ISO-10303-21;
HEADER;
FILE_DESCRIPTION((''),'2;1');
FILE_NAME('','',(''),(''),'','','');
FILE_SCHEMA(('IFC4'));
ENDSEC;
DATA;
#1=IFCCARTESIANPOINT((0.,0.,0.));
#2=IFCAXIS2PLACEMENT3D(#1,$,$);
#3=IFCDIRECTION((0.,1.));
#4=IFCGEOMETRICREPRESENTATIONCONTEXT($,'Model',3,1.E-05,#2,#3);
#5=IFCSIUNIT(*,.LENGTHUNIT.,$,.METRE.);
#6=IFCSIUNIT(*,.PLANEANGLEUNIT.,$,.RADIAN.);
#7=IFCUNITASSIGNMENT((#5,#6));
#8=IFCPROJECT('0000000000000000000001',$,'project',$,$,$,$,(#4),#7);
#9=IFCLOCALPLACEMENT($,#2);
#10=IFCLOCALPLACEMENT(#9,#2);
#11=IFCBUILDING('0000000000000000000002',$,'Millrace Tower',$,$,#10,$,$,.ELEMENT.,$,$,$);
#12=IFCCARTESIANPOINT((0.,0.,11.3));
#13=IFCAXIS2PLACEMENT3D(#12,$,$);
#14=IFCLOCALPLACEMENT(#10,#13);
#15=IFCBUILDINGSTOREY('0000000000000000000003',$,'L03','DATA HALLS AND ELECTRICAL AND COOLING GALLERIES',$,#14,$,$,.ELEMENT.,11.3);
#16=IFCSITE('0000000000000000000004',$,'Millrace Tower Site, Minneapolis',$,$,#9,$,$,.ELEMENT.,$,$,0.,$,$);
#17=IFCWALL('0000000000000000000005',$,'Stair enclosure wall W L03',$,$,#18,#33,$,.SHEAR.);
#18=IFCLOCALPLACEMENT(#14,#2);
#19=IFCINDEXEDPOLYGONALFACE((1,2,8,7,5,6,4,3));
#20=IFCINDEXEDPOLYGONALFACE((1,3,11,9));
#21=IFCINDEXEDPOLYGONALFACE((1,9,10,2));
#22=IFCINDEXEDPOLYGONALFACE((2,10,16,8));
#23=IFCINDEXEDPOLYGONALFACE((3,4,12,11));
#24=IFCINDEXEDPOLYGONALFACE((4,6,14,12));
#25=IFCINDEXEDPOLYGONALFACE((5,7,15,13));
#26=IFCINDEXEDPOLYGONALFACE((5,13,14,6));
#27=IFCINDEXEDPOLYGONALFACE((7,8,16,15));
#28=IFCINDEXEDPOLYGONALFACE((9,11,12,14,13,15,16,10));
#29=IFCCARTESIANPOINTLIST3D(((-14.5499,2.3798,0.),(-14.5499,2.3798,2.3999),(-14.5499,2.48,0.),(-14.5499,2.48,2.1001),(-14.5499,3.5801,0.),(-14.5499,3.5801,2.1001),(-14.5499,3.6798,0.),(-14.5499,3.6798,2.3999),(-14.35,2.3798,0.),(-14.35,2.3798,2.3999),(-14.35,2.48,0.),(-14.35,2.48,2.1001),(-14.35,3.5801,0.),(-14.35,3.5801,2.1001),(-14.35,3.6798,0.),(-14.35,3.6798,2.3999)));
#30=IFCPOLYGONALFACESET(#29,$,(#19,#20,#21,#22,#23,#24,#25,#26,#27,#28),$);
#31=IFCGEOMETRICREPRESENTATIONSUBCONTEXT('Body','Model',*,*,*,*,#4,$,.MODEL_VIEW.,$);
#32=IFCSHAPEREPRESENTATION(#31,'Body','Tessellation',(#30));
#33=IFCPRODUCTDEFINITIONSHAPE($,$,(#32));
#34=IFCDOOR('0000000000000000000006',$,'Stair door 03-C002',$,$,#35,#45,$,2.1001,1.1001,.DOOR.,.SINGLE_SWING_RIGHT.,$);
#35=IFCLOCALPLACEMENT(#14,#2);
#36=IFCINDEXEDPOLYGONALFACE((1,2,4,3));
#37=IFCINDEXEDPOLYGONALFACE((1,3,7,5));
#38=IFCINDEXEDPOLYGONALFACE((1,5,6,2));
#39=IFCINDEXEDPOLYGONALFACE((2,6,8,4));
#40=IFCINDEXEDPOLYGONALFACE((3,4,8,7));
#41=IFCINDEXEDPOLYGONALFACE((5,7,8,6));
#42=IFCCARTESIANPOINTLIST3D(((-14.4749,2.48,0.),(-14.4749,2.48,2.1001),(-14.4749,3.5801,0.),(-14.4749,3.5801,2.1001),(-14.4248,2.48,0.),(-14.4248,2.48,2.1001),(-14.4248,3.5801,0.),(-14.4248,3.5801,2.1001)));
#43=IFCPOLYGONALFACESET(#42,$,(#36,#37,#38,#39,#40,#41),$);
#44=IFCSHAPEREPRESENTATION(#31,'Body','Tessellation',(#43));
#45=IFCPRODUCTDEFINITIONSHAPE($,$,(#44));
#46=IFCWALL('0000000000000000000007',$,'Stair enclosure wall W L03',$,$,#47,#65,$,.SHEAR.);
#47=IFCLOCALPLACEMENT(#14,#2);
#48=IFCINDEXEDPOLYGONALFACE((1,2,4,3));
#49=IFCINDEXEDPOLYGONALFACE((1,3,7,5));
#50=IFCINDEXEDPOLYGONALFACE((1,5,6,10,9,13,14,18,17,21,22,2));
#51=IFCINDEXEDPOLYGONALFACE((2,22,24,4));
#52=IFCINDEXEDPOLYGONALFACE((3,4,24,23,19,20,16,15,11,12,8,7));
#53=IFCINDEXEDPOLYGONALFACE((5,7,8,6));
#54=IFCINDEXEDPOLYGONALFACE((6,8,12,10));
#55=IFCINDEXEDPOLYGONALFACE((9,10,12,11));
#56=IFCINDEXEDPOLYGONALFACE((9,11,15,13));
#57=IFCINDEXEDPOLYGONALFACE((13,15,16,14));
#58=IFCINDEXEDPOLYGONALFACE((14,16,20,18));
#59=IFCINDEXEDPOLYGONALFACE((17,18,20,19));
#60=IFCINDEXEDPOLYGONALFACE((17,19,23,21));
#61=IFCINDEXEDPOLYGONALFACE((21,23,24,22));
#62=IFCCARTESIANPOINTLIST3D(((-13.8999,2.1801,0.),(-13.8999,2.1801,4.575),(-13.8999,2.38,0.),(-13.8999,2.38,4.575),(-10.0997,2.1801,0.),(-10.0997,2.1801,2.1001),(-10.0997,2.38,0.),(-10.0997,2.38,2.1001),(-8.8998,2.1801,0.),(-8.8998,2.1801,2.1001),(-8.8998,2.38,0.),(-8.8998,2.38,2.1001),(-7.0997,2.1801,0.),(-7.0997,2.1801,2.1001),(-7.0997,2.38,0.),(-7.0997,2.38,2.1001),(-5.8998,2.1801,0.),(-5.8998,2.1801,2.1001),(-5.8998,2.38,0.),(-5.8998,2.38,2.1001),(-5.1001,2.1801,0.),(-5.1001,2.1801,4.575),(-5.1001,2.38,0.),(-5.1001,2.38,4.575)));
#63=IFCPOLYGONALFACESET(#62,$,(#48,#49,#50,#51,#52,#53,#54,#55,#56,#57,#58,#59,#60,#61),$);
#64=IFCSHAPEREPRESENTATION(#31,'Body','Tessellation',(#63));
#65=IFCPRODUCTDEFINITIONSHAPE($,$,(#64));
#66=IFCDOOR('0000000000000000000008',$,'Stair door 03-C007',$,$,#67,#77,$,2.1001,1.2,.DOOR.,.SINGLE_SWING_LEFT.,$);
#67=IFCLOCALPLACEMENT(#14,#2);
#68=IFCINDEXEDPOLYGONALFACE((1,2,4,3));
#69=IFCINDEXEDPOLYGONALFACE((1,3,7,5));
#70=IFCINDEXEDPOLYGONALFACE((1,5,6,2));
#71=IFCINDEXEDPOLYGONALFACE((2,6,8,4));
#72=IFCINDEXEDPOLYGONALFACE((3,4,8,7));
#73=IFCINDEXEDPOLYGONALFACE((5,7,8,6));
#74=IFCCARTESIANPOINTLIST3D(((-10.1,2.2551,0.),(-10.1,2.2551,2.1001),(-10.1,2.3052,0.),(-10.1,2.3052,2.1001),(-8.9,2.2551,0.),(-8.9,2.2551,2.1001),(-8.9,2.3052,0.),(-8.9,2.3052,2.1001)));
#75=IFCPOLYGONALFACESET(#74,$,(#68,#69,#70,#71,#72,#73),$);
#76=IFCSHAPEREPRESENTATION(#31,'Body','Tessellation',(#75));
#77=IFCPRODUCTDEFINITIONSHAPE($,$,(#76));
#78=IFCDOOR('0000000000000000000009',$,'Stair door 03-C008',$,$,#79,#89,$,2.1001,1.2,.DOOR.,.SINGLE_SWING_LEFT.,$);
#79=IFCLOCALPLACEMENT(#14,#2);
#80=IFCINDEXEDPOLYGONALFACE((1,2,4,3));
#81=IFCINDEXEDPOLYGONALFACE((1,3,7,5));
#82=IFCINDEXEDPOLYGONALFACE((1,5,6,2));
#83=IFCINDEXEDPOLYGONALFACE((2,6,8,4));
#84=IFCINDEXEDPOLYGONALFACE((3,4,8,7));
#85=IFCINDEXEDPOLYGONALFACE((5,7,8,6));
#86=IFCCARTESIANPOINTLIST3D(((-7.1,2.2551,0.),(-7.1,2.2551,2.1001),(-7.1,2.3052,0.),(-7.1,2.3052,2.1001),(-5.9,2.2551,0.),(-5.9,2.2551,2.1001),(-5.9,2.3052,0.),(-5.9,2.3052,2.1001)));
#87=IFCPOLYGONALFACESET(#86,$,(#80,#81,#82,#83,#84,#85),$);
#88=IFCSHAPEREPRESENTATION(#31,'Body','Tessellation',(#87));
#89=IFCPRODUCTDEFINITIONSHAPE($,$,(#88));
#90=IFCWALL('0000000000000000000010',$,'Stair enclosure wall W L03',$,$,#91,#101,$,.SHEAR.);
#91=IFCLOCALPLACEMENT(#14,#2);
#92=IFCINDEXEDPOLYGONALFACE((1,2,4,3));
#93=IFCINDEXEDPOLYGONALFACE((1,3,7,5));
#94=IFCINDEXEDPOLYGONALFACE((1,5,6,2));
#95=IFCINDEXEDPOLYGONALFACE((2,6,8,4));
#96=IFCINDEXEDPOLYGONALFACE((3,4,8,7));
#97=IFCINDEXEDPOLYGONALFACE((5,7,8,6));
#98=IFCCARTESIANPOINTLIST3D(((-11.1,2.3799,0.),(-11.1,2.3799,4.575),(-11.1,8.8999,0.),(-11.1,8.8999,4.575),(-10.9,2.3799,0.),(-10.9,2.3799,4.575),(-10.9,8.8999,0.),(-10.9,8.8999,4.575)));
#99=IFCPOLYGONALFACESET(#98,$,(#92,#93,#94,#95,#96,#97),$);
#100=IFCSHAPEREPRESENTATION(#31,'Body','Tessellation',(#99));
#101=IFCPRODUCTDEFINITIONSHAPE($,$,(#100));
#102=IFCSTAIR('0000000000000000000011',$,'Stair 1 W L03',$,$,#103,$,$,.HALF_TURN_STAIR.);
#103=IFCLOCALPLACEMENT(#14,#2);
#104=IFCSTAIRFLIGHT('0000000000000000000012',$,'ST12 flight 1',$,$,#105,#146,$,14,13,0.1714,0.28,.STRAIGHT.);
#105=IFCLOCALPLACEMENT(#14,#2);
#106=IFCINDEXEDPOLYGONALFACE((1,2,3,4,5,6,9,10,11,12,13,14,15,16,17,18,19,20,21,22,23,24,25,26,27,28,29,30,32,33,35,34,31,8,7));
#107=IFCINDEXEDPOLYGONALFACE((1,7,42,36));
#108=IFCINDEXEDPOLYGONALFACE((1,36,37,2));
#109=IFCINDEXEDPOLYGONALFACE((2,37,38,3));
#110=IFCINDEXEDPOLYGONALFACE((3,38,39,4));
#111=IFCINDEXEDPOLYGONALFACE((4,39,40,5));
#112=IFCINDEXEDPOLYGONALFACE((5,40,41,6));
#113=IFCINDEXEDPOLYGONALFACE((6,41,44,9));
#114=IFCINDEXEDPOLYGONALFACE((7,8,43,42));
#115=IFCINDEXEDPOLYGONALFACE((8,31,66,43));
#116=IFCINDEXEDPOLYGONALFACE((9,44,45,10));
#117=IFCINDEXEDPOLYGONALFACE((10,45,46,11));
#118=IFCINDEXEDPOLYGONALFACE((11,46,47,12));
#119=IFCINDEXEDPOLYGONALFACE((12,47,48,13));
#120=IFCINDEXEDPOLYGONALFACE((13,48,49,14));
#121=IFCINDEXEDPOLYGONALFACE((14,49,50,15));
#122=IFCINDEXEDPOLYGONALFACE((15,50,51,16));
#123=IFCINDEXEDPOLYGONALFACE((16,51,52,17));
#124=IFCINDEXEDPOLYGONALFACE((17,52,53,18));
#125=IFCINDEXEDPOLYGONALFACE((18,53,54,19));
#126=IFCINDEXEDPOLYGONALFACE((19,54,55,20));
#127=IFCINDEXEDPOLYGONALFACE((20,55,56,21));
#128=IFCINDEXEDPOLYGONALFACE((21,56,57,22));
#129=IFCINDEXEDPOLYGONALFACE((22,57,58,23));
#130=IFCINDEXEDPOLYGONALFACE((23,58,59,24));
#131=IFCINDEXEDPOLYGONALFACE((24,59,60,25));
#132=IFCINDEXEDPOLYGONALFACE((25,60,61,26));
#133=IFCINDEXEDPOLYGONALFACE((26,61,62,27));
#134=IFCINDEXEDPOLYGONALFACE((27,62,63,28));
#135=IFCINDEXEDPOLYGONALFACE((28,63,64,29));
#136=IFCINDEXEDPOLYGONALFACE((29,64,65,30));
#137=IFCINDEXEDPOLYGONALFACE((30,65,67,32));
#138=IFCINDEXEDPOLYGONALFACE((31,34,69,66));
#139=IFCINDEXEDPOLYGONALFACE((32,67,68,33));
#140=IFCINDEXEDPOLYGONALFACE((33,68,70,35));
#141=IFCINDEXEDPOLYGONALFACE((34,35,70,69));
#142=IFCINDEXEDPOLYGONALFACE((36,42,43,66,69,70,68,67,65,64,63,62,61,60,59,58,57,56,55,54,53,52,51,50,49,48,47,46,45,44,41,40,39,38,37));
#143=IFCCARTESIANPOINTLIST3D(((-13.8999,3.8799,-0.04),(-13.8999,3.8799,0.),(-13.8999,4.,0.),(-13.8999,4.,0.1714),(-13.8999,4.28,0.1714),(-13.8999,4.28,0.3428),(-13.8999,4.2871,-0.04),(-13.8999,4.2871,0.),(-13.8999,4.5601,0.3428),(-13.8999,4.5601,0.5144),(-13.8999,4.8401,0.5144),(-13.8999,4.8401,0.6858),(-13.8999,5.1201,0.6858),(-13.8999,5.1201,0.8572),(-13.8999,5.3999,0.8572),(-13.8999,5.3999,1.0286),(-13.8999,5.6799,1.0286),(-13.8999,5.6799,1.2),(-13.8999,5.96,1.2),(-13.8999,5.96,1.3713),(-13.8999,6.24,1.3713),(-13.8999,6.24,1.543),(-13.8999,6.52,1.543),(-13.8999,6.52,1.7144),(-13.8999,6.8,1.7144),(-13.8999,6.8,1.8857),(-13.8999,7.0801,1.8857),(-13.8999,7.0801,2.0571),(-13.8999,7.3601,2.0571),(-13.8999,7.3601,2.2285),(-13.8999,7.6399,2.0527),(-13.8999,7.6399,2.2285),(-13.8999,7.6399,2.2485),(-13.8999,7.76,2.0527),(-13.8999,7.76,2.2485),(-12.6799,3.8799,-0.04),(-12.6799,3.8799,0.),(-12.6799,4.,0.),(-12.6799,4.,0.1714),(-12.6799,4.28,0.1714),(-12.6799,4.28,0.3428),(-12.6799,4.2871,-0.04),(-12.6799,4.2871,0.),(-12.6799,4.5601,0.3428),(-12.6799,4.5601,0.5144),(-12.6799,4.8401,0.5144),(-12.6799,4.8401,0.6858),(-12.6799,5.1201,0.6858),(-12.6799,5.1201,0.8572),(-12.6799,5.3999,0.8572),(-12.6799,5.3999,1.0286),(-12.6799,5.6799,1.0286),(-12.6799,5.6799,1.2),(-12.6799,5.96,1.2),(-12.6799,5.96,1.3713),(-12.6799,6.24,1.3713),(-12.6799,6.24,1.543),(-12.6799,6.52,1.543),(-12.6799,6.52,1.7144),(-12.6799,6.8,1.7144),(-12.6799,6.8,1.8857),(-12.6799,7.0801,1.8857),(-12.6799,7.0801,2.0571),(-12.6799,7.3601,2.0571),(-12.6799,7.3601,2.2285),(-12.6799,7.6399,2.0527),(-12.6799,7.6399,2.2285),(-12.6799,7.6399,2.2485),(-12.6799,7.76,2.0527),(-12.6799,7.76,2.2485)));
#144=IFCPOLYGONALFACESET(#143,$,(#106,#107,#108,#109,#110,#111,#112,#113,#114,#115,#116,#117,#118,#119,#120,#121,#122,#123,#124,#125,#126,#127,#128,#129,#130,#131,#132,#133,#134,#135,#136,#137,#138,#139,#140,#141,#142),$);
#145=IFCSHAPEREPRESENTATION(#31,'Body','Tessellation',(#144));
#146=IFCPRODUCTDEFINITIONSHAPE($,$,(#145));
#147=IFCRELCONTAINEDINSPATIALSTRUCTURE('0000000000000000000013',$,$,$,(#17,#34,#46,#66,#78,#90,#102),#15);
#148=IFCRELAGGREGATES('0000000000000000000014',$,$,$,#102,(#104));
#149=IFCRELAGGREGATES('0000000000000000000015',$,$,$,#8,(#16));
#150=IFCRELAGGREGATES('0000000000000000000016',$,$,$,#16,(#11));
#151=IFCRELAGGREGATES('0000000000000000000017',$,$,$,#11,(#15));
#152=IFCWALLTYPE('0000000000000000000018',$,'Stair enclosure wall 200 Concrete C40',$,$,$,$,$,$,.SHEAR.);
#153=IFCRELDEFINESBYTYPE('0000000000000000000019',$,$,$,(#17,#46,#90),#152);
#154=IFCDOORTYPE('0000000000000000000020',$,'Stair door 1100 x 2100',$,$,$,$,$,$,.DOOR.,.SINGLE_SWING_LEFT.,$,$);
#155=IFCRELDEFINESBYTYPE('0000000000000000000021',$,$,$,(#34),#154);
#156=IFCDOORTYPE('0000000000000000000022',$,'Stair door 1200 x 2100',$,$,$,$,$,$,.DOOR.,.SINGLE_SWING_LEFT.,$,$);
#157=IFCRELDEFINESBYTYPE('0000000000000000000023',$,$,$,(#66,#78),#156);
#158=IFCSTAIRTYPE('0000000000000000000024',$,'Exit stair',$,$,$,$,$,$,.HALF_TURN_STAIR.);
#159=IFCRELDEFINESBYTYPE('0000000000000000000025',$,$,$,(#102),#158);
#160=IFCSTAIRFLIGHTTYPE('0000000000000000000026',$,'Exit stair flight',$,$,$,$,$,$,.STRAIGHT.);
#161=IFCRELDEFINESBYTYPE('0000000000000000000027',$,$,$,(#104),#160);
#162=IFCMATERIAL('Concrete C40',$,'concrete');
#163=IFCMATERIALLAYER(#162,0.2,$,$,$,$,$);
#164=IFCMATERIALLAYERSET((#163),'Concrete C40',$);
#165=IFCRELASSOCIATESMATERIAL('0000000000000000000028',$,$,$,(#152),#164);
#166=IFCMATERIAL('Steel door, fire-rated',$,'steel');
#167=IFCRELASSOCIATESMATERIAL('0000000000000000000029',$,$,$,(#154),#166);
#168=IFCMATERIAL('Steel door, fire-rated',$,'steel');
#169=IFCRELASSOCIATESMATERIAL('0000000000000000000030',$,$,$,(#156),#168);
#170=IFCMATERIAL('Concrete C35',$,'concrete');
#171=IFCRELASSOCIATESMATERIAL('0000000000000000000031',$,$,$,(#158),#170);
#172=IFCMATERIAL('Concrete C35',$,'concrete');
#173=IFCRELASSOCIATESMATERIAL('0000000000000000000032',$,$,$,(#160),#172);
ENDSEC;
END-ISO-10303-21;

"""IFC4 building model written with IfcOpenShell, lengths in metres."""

from ifc_helpers import new_model, si_unit, direction, frame, frame_2d, origin, place, context, subcontext, project, spatial, polyline, rectangle, outline, extrude, material, layer, layer_set, type_object, element, fill, aggregate, save


model = new_model("IFC4")

# Units and contexts
model_context = context("Model", 3, precision=1e-05, world=origin(), true_north=direction((0.0, 1.0)))
body_context = subcontext(model_context, "Body", "Model", "MODEL_VIEW")
ifc_project = project(units=[si_unit("LENGTHUNIT", "METRE"), si_unit("PLANEANGLEUNIT", "RADIAN")], contexts=[model_context])

# Site, building, storey
site_placement = place(None, origin())
site = spatial("IfcSite", under=ifc_project, at=site_placement, Name="Millrace Tower Site, Minneapolis", CompositionType="ELEMENT", RefElevation=0.0)
building_placement = place(site_placement, origin())
building = spatial("IfcBuilding", under=site, at=building_placement, Name="Millrace Tower", CompositionType="ELEMENT")
storey_placement = place(building_placement, frame((0.0, 0.0, 11.3)))
storey = spatial("IfcBuildingStorey", under=building, at=storey_placement, Name="L03", Description="DATA HALLS AND ELECTRICAL AND COOLING GALLERIES", CompositionType="ELEMENT", Elevation=11.3)

# Wall, opening, door
ifc_material_1 = material(Name="Concrete C40", Category="concrete")
ifc_layer_1 = layer(ifc_material_1, 0.2)
ifc_layer_set_1 = layer_set([ifc_layer_1], Name="Concrete C40")
wall_type_1 = type_object("IfcWallType", Name="Stair enclosure wall 200 Concrete C40", PredefinedType="SHEAR", material=ifc_layer_set_1)
wall_1_placement = place(storey_placement, frame((-14.45, 2.3799, 0.0), z_axis=(0.0, 0.0, 1.0), x_axis=(0.0, 1.0, 0.0)))
wall_1 = element("IfcWall", 1, at=wall_1_placement, inside=storey, type_object=wall_type_1, Name="Stair enclosure wall W L03", PredefinedType="SHEAR", context=body_context, shape_type="SweptSolid", body=[
    extrude(rectangle(XDim=1.3, YDim=0.2, at=frame_2d((0.6499, 0.0))), origin(), (0.0, 0.0, 1.0), 2.3999),
])
opening_1_placement = place(wall_1_placement, frame((0.1001, 0.0, 0.0)))
opening_1 = element("IfcOpeningElement", 2, at=opening_1_placement, cuts=wall_1, PredefinedType="OPENING", context=body_context, shape_type="SweptSolid", body=[
    extrude(rectangle(XDim=1.1001, YDim=2.1001, at=frame_2d((0.55, 1.05))), frame((0.0, 0.1099, 0.0), z_axis=(0.0, -1.0, 0.0), x_axis=(1.0, 0.0, 0.0)), (0.0, 0.0, 1.0), 0.22),
])
ifc_material_2 = material(Name="Steel door, fire-rated", Category="steel")
door_type_1 = type_object("IfcDoorType", Name="Stair door 1100 x 2100", OperationType="SINGLE_SWING_LEFT", PredefinedType="DOOR", material=ifc_material_2)
door_1_placement = place(opening_1_placement, origin())
door_1 = element("IfcDoor", 3, at=door_1_placement, inside=storey, type_object=door_type_1, Name="Stair door 03-C002", OperationType="SINGLE_SWING_RIGHT", OverallHeight=2.1001, OverallWidth=1.1001, PredefinedType="DOOR", context=body_context, shape_type="SweptSolid", body=[
    extrude(rectangle(XDim=1.1001, YDim=2.1001, at=frame_2d((0.55, 1.05))), frame((0.0, 0.0249, 0.0), z_axis=(0.0, -1.0, 0.0), x_axis=(1.0, 0.0, 0.0)), (0.0, 0.0, 1.0), 0.05),
])
fill(opening_1, door_1)

# Wall, openings, doors
wall_2_placement = place(storey_placement, frame((-13.8999, 2.28, 0.0), z_axis=(0.0, 0.0, 1.0), x_axis=(1.0, 0.0, 0.0)))
wall_2 = element("IfcWall", 4, at=wall_2_placement, inside=storey, type_object=wall_type_1, Name="Stair enclosure wall W L03", PredefinedType="SHEAR", context=body_context, shape_type="SweptSolid", body=[
    extrude(rectangle(XDim=8.7998, YDim=0.2, at=frame_2d((4.3999, 0.0))), origin(), (0.0, 0.0, 1.0), 4.575),
])
opening_2_placement = place(wall_2_placement, frame((3.8, 0.0, 0.0)))
opening_2 = element("IfcOpeningElement", 5, at=opening_2_placement, cuts=wall_2, PredefinedType="OPENING", context=body_context, shape_type="SweptSolid", body=[
    extrude(rectangle(XDim=1.2, YDim=2.1001, at=frame_2d((0.6001, 1.05))), frame((0.0, 0.1099, 0.0), z_axis=(0.0, -1.0, 0.0), x_axis=(1.0, 0.0, 0.0)), (0.0, 0.0, 1.0), 0.22),
])
opening_3_placement = place(wall_2_placement, frame((6.8, 0.0, 0.0)))
opening_3 = element("IfcOpeningElement", 6, at=opening_3_placement, cuts=wall_2, PredefinedType="OPENING", context=body_context, shape_type="SweptSolid", body=[
    extrude(rectangle(XDim=1.2, YDim=2.1001, at=frame_2d((0.6001, 1.05))), frame((0.0, 0.1099, 0.0), z_axis=(0.0, -1.0, 0.0), x_axis=(1.0, 0.0, 0.0)), (0.0, 0.0, 1.0), 0.22),
])
ifc_material_3 = material(Name="Steel door, fire-rated", Category="steel")
door_type_2 = type_object("IfcDoorType", Name="Stair door 1200 x 2100", OperationType="SINGLE_SWING_LEFT", PredefinedType="DOOR", material=ifc_material_3)
door_2_placement = place(opening_2_placement, frame((1.2, 0.0, 0.0), z_axis=(0.0, 0.0, 1.0), x_axis=(-1.0, 0.0, 0.0)))
door_2 = element("IfcDoor", 7, at=door_2_placement, inside=storey, type_object=door_type_2, Name="Stair door 03-C007", OperationType="SINGLE_SWING_LEFT", OverallHeight=2.1001, OverallWidth=1.2, PredefinedType="DOOR", context=body_context, shape_type="SweptSolid", body=[
    extrude(rectangle(XDim=1.2, YDim=2.1001, at=frame_2d((0.6001, 1.05))), frame((0.0, 0.0249, 0.0), z_axis=(0.0, -1.0, 0.0), x_axis=(1.0, 0.0, 0.0)), (0.0, 0.0, 1.0), 0.05),
])
fill(opening_2, door_2)
door_3_placement = place(opening_3_placement, frame((1.2, 0.0, 0.0), z_axis=(0.0, 0.0, 1.0), x_axis=(-1.0, 0.0, 0.0)))
door_3 = element("IfcDoor", 8, at=door_3_placement, inside=storey, type_object=door_type_2, Name="Stair door 03-C008", OperationType="SINGLE_SWING_LEFT", OverallHeight=2.1001, OverallWidth=1.2, PredefinedType="DOOR", context=body_context, shape_type="SweptSolid", body=[
    extrude(rectangle(XDim=1.2, YDim=2.1001, at=frame_2d((0.6001, 1.05))), frame((0.0, 0.0249, 0.0), z_axis=(0.0, -1.0, 0.0), x_axis=(1.0, 0.0, 0.0)), (0.0, 0.0, 1.0), 0.05),
])
fill(opening_3, door_3)

# Wall
wall_3_placement = place(storey_placement, frame((-11.0, 2.3799, 0.0), z_axis=(0.0, 0.0, 1.0), x_axis=(0.0, 1.0, 0.0)))
element("IfcWall", 9, at=wall_3_placement, inside=storey, type_object=wall_type_1, Name="Stair enclosure wall W L03", PredefinedType="SHEAR", context=body_context, shape_type="SweptSolid", body=[
    extrude(rectangle(XDim=6.52, YDim=0.2, at=frame_2d((3.26, 0.0))), origin(), (0.0, 0.0, 1.0), 4.575),
])

# Stair, stair flight
ifc_material_4 = material(Name="Concrete C35", Category="concrete")
stair_type = type_object("IfcStairType", Name="Exit stair", PredefinedType="HALF_TURN_STAIR", material=ifc_material_4)
placement = place(storey_placement, origin())
stair_1 = element("IfcStair", 10, at=placement, inside=storey, type_object=stair_type, Name="Stair 1 W L03", PredefinedType="HALF_TURN_STAIR")
ifc_material_5 = material(Name="Concrete C35", Category="concrete")
stair_flight_type = type_object("IfcStairFlightType", Name="Exit stair flight", PredefinedType="STRAIGHT", material=ifc_material_5)
stair_flight_1_placement = place(storey_placement, frame((-13.29, 4.0, 0.0), z_axis=(0.0, 0.0, 1.0), x_axis=(0.0, 1.0, 0.0)))
stair_flight_1 = element("IfcStairFlight", 11, at=stair_flight_1_placement, type_object=stair_flight_type, Name="ST12 flight 1", NumberOfRisers=14, NumberOfTreads=13, PredefinedType="STRAIGHT", RiserHeight=0.1714, TreadLength=0.28, context=body_context, shape_type="SweptSolid", body=[
    extrude(outline(polyline([(-0.1201, -0.04), (-0.1201, 0.0), (0.0, 0.0), (0.0, 0.1714), (0.28, 0.1714), (0.28, 0.3428), (0.5601, 0.3428), (0.5601, 0.5144), (0.8401, 0.5144), (0.8401, 0.6858), (1.1201, 0.6858), (1.1201, 0.8572), (1.3999, 0.8572), (1.3999, 1.0286), (1.6799, 1.0286), (1.6799, 1.2), (1.96, 1.2), (1.96, 1.3713), (2.24, 1.3713), (2.24, 1.543), (2.52, 1.543), (2.52, 1.7144), (2.8, 1.7144), (2.8, 1.8857), (3.0801, 1.8857), (3.0801, 2.0571), (3.3601, 2.0571), (3.3601, 2.2285), (3.6399, 2.2285), (3.6399, 2.2485), (3.76, 2.2485), (3.76, 2.0527), (3.6399, 2.0527), (0.2871, 0.0), (0.2871, -0.04), (-0.1201, -0.04)])), frame((0.0, 0.6099, 0.0), z_axis=(0.0, -1.0, 0.0), x_axis=(1.0, 0.0, 0.0)), (0.0, 0.0, 1.0), 1.22),
])
aggregate(stair_1, [stair_flight_1])

save(model, "model.ifc")
